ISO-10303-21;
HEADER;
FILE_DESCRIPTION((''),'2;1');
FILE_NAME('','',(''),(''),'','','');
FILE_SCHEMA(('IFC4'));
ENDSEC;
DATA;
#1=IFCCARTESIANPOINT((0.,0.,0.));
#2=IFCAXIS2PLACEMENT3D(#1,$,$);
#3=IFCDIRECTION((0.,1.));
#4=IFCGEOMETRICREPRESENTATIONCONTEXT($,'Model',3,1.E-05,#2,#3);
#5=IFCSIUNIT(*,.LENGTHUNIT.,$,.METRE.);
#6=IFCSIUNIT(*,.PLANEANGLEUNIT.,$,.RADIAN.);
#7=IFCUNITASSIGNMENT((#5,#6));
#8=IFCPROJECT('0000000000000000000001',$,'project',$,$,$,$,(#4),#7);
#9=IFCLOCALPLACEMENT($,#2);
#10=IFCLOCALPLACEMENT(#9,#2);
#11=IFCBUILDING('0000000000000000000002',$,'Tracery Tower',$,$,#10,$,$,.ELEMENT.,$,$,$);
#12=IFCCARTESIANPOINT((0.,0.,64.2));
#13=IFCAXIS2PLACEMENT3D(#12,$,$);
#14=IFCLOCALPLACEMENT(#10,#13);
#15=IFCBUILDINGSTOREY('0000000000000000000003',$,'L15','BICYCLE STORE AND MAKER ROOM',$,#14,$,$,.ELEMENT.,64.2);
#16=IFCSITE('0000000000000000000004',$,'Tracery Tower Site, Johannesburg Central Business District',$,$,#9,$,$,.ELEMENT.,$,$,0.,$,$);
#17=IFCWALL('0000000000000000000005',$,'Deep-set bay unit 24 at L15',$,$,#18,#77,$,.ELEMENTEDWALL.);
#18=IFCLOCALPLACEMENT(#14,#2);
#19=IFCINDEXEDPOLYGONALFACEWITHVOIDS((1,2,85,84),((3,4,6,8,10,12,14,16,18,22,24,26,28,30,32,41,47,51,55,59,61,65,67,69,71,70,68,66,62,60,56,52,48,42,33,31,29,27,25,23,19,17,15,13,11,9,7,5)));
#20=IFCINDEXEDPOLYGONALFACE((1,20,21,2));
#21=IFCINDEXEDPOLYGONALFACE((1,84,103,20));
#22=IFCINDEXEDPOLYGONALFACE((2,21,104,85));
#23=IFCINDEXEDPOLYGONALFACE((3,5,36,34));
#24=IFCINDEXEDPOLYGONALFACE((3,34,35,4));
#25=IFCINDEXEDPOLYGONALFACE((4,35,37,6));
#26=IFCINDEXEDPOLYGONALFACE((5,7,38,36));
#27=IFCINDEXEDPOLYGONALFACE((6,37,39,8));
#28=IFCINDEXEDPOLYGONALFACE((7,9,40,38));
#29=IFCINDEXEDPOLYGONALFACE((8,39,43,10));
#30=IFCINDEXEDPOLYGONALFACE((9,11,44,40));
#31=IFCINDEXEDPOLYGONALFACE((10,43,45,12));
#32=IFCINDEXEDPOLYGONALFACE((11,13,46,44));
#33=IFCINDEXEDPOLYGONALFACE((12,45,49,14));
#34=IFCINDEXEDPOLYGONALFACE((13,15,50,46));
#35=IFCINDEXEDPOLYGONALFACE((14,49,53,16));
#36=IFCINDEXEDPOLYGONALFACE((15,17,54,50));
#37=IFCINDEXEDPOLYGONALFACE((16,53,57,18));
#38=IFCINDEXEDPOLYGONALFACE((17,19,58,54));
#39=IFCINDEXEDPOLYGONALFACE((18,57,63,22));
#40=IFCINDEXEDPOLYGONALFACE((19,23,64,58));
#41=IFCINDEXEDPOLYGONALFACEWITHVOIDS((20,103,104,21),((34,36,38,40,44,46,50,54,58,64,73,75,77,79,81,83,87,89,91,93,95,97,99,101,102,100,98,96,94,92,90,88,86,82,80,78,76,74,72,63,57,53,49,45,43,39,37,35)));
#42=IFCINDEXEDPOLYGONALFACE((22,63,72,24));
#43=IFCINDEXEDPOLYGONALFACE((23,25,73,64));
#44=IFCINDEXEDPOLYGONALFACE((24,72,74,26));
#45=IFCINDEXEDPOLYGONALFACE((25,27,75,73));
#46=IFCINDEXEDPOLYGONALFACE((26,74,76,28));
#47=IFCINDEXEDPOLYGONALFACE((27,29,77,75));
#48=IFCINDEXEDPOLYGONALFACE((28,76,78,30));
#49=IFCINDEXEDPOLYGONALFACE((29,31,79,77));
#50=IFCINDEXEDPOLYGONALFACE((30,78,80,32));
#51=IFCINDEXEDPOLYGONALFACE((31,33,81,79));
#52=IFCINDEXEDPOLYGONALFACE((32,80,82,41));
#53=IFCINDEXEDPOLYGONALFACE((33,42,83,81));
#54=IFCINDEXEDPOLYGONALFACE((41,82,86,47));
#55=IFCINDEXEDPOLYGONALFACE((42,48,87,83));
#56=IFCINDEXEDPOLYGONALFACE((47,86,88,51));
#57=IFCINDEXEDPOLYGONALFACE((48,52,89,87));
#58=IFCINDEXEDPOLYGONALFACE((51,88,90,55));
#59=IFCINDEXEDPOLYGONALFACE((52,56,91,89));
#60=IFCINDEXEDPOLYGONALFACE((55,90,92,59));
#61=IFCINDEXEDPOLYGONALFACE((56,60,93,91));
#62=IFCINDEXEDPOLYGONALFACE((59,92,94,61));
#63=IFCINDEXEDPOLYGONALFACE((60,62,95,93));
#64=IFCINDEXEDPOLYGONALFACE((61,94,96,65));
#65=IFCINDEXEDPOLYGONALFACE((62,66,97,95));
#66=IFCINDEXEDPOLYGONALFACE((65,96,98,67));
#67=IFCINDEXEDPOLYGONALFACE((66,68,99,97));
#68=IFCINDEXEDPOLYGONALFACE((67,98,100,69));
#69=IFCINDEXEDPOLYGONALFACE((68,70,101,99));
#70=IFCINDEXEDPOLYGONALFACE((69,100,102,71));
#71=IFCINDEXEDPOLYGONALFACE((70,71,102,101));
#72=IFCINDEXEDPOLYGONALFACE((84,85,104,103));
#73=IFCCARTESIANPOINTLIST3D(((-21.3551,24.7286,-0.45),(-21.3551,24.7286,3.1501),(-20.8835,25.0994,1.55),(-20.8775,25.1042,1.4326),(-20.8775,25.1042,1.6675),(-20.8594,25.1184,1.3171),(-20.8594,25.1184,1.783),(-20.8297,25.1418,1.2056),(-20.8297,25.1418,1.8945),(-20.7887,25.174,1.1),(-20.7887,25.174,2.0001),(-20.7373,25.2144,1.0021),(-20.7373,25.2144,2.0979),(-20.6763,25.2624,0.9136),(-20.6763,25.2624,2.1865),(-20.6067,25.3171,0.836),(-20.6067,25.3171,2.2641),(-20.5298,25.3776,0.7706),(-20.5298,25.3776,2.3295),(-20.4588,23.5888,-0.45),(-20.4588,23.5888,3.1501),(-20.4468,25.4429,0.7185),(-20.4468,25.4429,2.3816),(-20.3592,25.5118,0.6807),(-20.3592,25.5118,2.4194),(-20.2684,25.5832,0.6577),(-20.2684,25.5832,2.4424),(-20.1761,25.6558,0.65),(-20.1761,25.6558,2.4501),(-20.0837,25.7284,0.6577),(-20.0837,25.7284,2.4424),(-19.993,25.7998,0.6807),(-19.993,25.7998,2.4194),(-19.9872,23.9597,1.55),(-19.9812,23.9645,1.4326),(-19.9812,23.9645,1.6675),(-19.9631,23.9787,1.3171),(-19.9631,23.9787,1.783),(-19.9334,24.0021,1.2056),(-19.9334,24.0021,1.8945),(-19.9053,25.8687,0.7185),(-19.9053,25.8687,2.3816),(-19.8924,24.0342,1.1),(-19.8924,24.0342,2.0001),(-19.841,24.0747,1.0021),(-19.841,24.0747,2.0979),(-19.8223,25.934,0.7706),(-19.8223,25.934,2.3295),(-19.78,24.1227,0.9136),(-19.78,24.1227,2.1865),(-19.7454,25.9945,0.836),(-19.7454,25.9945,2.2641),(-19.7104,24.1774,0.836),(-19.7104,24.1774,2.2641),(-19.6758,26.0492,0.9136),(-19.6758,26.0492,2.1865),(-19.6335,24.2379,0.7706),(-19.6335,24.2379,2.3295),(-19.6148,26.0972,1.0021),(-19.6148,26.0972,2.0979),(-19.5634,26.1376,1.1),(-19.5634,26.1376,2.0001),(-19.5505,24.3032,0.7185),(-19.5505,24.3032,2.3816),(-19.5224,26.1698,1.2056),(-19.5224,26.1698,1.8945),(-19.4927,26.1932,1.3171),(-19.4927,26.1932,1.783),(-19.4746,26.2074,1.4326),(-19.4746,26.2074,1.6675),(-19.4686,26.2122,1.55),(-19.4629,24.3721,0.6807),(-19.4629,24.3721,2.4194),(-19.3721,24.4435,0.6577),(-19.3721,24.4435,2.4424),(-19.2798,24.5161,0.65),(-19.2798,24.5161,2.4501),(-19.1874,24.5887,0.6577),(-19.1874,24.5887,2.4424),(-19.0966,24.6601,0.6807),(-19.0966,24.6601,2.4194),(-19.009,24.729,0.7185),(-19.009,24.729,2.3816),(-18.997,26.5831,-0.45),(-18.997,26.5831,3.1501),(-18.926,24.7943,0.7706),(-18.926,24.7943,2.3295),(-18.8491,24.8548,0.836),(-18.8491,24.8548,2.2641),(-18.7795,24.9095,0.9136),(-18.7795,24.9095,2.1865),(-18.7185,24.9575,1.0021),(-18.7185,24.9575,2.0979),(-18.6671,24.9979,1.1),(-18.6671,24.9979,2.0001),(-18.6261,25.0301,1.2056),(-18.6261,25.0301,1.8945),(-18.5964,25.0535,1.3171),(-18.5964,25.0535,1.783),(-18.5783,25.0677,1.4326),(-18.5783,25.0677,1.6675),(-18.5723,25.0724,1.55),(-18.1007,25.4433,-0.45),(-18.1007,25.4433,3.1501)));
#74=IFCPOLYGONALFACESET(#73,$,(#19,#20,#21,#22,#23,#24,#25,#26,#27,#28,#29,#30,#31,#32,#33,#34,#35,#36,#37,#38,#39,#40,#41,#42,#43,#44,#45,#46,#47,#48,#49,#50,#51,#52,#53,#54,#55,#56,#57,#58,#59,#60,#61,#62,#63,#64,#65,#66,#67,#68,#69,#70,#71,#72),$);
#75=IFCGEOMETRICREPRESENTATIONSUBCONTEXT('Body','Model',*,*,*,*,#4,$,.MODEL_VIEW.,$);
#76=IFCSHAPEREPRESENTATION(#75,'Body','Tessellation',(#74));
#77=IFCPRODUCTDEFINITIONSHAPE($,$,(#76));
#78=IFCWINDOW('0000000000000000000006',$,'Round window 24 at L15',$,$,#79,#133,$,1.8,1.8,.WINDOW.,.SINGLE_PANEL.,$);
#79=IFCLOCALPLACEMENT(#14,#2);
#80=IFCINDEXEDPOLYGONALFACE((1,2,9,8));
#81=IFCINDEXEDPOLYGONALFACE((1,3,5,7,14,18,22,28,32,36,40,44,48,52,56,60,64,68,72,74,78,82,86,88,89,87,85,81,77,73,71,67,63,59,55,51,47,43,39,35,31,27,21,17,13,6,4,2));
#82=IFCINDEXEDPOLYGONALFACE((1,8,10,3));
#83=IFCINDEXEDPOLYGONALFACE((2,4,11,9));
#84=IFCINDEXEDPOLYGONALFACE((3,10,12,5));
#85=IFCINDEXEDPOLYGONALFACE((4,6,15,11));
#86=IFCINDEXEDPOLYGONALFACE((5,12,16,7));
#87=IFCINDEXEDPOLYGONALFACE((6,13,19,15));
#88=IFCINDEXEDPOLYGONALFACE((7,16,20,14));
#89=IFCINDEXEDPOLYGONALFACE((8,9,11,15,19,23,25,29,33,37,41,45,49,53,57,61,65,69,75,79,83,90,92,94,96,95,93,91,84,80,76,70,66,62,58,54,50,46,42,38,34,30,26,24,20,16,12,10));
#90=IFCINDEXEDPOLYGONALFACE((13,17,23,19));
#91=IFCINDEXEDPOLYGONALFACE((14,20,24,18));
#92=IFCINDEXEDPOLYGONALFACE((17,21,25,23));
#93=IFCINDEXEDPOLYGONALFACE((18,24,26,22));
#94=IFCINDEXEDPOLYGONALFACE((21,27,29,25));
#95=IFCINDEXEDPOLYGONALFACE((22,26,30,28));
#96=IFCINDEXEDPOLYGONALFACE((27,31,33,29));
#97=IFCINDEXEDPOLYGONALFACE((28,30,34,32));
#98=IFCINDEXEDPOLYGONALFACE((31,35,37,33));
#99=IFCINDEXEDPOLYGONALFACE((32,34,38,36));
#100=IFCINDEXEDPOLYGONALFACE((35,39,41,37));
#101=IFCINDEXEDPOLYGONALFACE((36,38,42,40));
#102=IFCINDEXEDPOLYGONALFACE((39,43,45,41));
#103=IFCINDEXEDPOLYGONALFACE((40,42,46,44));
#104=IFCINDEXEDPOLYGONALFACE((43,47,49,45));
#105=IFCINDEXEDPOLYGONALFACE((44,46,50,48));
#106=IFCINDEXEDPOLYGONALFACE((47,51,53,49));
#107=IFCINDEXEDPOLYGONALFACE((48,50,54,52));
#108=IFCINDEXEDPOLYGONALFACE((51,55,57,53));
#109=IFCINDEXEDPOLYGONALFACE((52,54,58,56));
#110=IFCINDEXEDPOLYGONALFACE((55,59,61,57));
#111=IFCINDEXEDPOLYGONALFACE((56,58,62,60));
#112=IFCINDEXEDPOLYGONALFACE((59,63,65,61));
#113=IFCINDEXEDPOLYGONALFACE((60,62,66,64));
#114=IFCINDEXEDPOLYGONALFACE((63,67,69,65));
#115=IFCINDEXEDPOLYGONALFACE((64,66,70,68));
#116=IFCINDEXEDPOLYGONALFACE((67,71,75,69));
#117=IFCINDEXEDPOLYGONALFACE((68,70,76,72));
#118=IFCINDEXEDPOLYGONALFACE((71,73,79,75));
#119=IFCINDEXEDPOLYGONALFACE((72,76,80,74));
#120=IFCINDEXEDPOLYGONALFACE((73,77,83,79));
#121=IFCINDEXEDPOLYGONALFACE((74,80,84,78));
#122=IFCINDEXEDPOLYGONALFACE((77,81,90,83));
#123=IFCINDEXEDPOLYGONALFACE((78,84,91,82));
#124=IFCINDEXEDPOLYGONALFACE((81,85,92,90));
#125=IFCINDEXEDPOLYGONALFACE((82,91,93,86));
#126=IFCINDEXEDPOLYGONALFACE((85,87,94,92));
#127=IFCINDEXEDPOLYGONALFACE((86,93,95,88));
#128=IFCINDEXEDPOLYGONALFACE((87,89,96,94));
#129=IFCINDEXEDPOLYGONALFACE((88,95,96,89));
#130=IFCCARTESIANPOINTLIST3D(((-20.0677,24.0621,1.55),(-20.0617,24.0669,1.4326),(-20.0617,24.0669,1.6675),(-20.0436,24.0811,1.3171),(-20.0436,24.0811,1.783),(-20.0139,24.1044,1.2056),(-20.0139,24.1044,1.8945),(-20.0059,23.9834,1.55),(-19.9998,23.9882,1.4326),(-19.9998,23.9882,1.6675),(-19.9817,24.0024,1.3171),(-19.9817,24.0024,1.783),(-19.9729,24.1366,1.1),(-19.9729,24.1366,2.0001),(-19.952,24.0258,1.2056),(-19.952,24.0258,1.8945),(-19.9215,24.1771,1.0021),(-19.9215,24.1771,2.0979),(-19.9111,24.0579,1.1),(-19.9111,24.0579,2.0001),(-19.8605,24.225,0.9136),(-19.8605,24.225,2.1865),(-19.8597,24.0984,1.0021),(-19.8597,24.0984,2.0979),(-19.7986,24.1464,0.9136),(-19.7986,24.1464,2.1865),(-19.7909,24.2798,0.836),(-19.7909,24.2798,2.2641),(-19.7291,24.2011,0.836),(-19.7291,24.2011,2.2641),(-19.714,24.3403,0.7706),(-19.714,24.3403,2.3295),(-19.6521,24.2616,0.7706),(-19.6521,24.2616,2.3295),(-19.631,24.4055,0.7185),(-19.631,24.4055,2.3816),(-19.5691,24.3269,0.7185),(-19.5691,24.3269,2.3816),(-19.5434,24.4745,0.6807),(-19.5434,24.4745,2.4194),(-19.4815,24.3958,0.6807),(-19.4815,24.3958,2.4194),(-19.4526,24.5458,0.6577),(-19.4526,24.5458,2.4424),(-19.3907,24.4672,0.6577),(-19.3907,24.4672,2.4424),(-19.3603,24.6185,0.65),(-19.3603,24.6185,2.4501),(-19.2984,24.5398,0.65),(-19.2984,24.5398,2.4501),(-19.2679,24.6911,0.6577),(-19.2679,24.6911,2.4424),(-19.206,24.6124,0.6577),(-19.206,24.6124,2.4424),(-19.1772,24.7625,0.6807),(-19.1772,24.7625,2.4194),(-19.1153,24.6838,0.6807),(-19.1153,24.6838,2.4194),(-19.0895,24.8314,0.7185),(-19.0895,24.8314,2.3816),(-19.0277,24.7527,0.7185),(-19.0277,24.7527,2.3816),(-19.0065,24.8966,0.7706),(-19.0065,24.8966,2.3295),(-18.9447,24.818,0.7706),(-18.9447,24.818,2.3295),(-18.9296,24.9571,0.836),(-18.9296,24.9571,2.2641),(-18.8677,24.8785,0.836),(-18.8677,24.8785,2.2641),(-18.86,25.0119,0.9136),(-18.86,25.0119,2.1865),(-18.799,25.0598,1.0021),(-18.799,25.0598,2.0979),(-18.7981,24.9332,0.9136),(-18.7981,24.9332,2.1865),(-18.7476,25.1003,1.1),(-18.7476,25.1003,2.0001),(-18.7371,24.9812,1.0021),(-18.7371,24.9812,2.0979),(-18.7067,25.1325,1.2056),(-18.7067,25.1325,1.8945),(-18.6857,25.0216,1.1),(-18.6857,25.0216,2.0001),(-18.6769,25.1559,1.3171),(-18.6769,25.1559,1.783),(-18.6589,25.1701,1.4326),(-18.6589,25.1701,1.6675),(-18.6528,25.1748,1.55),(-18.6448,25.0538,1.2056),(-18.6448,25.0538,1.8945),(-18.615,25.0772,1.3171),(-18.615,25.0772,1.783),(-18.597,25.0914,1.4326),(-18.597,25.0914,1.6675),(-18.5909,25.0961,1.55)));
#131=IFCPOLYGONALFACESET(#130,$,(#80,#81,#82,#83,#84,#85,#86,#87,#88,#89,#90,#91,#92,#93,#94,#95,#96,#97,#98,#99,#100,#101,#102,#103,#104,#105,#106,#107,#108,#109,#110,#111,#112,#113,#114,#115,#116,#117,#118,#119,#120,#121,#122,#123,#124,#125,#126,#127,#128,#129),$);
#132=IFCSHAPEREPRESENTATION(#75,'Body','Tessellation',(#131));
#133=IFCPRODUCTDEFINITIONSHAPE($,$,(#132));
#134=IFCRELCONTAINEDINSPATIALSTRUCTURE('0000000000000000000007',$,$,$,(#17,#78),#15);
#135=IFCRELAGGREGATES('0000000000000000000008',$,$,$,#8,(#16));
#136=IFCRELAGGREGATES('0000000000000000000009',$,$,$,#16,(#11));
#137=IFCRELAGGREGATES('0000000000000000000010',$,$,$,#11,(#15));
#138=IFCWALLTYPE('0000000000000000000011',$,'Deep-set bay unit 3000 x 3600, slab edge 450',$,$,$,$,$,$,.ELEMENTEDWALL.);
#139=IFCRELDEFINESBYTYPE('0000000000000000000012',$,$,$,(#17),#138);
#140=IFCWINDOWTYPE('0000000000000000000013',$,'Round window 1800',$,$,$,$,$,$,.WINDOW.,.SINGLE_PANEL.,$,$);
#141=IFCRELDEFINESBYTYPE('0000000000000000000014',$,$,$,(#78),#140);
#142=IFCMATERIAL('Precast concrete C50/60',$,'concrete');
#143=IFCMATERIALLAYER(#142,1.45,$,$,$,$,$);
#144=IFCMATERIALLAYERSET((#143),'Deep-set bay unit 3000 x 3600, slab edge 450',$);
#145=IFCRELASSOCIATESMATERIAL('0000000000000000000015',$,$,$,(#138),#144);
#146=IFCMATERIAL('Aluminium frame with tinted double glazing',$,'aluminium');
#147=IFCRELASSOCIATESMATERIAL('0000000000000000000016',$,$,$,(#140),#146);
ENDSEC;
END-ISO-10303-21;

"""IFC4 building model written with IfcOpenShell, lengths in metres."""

from ifc_helpers import new_model, si_unit, direction, frame, frame_2d, origin, origin_2d, place, context, subcontext, project, spatial, rectangle, circle, extrude, material, layer, layer_set, type_object, element, fill, save


model = new_model("IFC4")

# Units and contexts
model_context = context("Model", 3, precision=1e-05, world=origin(), true_north=direction((0.0, 1.0)))
body_context = subcontext(model_context, "Body", "Model", "MODEL_VIEW")
ifc_project = project(units=[si_unit("LENGTHUNIT", "METRE"), si_unit("PLANEANGLEUNIT", "RADIAN")], contexts=[model_context])

# Site, building, storey
site_placement = place(None, origin())
site = spatial("IfcSite", under=ifc_project, at=site_placement, Name="Tracery Tower Site, Johannesburg Central Business District", CompositionType="ELEMENT", RefElevation=0.0)
building_placement = place(site_placement, origin())
building = spatial("IfcBuilding", under=site, at=building_placement, Name="Tracery Tower", CompositionType="ELEMENT")
storey_placement = place(building_placement, frame((0.0, 0.0, 64.2)))
storey = spatial("IfcBuildingStorey", under=building, at=storey_placement, Name="L15", Description="BICYCLE STORE AND MAKER ROOM", CompositionType="ELEMENT", Elevation=64.2)

# Wall, opening, window
ifc_material_1 = material(Name="Precast concrete C50/60", Category="concrete")
ifc_layer_1 = layer(ifc_material_1, 1.45)
ifc_layer_set_1 = layer_set([ifc_layer_1], Name="Deep-set bay unit 3000 x 3600, slab edge 450")
wall_type_1 = type_object("IfcWallType", Name="Deep-set bay unit 3000 x 3600, slab edge 450", PredefinedType="ELEMENTEDWALL", material=ifc_layer_set_1)
wall_1_placement = place(storey_placement, frame((-18.5488, 26.0132, -0.45), z_axis=(0.0, 0.0, 1.0), x_axis=(-0.78605, -0.618163, 0.0)))
wall_1 = element("IfcWall", 1, at=wall_1_placement, inside=storey, type_object=wall_type_1, Name="Deep-set bay unit 24 at L15", PredefinedType="ELEMENTEDWALL", context=body_context, shape_type="SweptSolid", body=[
    extrude(rectangle(XDim=3.0, YDim=1.45, at=frame_2d((1.5, 0.0))), origin(), (0.0, 0.0, 1.0), 3.6001),
])
opening_1_placement = place(wall_1_placement, frame((1.5, 0.0, 2.0)))
opening_1 = element("IfcOpeningElement", 2, at=opening_1_placement, cuts=wall_1, PredefinedType="OPENING", context=body_context, shape_type="SweptSolid", body=[
    extrude(circle(Radius=0.9, at=origin_2d()), frame((0.0, 0.7349, 0.0), z_axis=(0.0, -1.0, 0.0), x_axis=(1.0, 0.0, 0.0)), (0.0, 0.0, 1.0), 1.47),
])
ifc_material_2 = material(Name="Aluminium frame with tinted double glazing", Category="aluminium")
window_type = type_object("IfcWindowType", Name="Round window 1800", PartitioningType="SINGLE_PANEL", PredefinedType="WINDOW", material=ifc_material_2)
window_1_placement = place(opening_1_placement, origin())
window_1 = element("IfcWindow", 3, at=window_1_placement, inside=storey, type_object=window_type, Name="Round window 24 at L15", OverallHeight=1.8, OverallWidth=1.8, PartitioningType="SINGLE_PANEL", PredefinedType="WINDOW", context=body_context, shape_type="SweptSolid", body=[
    extrude(circle(Radius=0.9, at=origin_2d()), frame((0.0, 0.6948, 0.0), z_axis=(0.0, -1.0, 0.0), x_axis=(1.0, 0.0, 0.0)), (0.0, 0.0, 1.0), 0.1001),
])
fill(opening_1, window_1)

save(model, "model.ifc")
